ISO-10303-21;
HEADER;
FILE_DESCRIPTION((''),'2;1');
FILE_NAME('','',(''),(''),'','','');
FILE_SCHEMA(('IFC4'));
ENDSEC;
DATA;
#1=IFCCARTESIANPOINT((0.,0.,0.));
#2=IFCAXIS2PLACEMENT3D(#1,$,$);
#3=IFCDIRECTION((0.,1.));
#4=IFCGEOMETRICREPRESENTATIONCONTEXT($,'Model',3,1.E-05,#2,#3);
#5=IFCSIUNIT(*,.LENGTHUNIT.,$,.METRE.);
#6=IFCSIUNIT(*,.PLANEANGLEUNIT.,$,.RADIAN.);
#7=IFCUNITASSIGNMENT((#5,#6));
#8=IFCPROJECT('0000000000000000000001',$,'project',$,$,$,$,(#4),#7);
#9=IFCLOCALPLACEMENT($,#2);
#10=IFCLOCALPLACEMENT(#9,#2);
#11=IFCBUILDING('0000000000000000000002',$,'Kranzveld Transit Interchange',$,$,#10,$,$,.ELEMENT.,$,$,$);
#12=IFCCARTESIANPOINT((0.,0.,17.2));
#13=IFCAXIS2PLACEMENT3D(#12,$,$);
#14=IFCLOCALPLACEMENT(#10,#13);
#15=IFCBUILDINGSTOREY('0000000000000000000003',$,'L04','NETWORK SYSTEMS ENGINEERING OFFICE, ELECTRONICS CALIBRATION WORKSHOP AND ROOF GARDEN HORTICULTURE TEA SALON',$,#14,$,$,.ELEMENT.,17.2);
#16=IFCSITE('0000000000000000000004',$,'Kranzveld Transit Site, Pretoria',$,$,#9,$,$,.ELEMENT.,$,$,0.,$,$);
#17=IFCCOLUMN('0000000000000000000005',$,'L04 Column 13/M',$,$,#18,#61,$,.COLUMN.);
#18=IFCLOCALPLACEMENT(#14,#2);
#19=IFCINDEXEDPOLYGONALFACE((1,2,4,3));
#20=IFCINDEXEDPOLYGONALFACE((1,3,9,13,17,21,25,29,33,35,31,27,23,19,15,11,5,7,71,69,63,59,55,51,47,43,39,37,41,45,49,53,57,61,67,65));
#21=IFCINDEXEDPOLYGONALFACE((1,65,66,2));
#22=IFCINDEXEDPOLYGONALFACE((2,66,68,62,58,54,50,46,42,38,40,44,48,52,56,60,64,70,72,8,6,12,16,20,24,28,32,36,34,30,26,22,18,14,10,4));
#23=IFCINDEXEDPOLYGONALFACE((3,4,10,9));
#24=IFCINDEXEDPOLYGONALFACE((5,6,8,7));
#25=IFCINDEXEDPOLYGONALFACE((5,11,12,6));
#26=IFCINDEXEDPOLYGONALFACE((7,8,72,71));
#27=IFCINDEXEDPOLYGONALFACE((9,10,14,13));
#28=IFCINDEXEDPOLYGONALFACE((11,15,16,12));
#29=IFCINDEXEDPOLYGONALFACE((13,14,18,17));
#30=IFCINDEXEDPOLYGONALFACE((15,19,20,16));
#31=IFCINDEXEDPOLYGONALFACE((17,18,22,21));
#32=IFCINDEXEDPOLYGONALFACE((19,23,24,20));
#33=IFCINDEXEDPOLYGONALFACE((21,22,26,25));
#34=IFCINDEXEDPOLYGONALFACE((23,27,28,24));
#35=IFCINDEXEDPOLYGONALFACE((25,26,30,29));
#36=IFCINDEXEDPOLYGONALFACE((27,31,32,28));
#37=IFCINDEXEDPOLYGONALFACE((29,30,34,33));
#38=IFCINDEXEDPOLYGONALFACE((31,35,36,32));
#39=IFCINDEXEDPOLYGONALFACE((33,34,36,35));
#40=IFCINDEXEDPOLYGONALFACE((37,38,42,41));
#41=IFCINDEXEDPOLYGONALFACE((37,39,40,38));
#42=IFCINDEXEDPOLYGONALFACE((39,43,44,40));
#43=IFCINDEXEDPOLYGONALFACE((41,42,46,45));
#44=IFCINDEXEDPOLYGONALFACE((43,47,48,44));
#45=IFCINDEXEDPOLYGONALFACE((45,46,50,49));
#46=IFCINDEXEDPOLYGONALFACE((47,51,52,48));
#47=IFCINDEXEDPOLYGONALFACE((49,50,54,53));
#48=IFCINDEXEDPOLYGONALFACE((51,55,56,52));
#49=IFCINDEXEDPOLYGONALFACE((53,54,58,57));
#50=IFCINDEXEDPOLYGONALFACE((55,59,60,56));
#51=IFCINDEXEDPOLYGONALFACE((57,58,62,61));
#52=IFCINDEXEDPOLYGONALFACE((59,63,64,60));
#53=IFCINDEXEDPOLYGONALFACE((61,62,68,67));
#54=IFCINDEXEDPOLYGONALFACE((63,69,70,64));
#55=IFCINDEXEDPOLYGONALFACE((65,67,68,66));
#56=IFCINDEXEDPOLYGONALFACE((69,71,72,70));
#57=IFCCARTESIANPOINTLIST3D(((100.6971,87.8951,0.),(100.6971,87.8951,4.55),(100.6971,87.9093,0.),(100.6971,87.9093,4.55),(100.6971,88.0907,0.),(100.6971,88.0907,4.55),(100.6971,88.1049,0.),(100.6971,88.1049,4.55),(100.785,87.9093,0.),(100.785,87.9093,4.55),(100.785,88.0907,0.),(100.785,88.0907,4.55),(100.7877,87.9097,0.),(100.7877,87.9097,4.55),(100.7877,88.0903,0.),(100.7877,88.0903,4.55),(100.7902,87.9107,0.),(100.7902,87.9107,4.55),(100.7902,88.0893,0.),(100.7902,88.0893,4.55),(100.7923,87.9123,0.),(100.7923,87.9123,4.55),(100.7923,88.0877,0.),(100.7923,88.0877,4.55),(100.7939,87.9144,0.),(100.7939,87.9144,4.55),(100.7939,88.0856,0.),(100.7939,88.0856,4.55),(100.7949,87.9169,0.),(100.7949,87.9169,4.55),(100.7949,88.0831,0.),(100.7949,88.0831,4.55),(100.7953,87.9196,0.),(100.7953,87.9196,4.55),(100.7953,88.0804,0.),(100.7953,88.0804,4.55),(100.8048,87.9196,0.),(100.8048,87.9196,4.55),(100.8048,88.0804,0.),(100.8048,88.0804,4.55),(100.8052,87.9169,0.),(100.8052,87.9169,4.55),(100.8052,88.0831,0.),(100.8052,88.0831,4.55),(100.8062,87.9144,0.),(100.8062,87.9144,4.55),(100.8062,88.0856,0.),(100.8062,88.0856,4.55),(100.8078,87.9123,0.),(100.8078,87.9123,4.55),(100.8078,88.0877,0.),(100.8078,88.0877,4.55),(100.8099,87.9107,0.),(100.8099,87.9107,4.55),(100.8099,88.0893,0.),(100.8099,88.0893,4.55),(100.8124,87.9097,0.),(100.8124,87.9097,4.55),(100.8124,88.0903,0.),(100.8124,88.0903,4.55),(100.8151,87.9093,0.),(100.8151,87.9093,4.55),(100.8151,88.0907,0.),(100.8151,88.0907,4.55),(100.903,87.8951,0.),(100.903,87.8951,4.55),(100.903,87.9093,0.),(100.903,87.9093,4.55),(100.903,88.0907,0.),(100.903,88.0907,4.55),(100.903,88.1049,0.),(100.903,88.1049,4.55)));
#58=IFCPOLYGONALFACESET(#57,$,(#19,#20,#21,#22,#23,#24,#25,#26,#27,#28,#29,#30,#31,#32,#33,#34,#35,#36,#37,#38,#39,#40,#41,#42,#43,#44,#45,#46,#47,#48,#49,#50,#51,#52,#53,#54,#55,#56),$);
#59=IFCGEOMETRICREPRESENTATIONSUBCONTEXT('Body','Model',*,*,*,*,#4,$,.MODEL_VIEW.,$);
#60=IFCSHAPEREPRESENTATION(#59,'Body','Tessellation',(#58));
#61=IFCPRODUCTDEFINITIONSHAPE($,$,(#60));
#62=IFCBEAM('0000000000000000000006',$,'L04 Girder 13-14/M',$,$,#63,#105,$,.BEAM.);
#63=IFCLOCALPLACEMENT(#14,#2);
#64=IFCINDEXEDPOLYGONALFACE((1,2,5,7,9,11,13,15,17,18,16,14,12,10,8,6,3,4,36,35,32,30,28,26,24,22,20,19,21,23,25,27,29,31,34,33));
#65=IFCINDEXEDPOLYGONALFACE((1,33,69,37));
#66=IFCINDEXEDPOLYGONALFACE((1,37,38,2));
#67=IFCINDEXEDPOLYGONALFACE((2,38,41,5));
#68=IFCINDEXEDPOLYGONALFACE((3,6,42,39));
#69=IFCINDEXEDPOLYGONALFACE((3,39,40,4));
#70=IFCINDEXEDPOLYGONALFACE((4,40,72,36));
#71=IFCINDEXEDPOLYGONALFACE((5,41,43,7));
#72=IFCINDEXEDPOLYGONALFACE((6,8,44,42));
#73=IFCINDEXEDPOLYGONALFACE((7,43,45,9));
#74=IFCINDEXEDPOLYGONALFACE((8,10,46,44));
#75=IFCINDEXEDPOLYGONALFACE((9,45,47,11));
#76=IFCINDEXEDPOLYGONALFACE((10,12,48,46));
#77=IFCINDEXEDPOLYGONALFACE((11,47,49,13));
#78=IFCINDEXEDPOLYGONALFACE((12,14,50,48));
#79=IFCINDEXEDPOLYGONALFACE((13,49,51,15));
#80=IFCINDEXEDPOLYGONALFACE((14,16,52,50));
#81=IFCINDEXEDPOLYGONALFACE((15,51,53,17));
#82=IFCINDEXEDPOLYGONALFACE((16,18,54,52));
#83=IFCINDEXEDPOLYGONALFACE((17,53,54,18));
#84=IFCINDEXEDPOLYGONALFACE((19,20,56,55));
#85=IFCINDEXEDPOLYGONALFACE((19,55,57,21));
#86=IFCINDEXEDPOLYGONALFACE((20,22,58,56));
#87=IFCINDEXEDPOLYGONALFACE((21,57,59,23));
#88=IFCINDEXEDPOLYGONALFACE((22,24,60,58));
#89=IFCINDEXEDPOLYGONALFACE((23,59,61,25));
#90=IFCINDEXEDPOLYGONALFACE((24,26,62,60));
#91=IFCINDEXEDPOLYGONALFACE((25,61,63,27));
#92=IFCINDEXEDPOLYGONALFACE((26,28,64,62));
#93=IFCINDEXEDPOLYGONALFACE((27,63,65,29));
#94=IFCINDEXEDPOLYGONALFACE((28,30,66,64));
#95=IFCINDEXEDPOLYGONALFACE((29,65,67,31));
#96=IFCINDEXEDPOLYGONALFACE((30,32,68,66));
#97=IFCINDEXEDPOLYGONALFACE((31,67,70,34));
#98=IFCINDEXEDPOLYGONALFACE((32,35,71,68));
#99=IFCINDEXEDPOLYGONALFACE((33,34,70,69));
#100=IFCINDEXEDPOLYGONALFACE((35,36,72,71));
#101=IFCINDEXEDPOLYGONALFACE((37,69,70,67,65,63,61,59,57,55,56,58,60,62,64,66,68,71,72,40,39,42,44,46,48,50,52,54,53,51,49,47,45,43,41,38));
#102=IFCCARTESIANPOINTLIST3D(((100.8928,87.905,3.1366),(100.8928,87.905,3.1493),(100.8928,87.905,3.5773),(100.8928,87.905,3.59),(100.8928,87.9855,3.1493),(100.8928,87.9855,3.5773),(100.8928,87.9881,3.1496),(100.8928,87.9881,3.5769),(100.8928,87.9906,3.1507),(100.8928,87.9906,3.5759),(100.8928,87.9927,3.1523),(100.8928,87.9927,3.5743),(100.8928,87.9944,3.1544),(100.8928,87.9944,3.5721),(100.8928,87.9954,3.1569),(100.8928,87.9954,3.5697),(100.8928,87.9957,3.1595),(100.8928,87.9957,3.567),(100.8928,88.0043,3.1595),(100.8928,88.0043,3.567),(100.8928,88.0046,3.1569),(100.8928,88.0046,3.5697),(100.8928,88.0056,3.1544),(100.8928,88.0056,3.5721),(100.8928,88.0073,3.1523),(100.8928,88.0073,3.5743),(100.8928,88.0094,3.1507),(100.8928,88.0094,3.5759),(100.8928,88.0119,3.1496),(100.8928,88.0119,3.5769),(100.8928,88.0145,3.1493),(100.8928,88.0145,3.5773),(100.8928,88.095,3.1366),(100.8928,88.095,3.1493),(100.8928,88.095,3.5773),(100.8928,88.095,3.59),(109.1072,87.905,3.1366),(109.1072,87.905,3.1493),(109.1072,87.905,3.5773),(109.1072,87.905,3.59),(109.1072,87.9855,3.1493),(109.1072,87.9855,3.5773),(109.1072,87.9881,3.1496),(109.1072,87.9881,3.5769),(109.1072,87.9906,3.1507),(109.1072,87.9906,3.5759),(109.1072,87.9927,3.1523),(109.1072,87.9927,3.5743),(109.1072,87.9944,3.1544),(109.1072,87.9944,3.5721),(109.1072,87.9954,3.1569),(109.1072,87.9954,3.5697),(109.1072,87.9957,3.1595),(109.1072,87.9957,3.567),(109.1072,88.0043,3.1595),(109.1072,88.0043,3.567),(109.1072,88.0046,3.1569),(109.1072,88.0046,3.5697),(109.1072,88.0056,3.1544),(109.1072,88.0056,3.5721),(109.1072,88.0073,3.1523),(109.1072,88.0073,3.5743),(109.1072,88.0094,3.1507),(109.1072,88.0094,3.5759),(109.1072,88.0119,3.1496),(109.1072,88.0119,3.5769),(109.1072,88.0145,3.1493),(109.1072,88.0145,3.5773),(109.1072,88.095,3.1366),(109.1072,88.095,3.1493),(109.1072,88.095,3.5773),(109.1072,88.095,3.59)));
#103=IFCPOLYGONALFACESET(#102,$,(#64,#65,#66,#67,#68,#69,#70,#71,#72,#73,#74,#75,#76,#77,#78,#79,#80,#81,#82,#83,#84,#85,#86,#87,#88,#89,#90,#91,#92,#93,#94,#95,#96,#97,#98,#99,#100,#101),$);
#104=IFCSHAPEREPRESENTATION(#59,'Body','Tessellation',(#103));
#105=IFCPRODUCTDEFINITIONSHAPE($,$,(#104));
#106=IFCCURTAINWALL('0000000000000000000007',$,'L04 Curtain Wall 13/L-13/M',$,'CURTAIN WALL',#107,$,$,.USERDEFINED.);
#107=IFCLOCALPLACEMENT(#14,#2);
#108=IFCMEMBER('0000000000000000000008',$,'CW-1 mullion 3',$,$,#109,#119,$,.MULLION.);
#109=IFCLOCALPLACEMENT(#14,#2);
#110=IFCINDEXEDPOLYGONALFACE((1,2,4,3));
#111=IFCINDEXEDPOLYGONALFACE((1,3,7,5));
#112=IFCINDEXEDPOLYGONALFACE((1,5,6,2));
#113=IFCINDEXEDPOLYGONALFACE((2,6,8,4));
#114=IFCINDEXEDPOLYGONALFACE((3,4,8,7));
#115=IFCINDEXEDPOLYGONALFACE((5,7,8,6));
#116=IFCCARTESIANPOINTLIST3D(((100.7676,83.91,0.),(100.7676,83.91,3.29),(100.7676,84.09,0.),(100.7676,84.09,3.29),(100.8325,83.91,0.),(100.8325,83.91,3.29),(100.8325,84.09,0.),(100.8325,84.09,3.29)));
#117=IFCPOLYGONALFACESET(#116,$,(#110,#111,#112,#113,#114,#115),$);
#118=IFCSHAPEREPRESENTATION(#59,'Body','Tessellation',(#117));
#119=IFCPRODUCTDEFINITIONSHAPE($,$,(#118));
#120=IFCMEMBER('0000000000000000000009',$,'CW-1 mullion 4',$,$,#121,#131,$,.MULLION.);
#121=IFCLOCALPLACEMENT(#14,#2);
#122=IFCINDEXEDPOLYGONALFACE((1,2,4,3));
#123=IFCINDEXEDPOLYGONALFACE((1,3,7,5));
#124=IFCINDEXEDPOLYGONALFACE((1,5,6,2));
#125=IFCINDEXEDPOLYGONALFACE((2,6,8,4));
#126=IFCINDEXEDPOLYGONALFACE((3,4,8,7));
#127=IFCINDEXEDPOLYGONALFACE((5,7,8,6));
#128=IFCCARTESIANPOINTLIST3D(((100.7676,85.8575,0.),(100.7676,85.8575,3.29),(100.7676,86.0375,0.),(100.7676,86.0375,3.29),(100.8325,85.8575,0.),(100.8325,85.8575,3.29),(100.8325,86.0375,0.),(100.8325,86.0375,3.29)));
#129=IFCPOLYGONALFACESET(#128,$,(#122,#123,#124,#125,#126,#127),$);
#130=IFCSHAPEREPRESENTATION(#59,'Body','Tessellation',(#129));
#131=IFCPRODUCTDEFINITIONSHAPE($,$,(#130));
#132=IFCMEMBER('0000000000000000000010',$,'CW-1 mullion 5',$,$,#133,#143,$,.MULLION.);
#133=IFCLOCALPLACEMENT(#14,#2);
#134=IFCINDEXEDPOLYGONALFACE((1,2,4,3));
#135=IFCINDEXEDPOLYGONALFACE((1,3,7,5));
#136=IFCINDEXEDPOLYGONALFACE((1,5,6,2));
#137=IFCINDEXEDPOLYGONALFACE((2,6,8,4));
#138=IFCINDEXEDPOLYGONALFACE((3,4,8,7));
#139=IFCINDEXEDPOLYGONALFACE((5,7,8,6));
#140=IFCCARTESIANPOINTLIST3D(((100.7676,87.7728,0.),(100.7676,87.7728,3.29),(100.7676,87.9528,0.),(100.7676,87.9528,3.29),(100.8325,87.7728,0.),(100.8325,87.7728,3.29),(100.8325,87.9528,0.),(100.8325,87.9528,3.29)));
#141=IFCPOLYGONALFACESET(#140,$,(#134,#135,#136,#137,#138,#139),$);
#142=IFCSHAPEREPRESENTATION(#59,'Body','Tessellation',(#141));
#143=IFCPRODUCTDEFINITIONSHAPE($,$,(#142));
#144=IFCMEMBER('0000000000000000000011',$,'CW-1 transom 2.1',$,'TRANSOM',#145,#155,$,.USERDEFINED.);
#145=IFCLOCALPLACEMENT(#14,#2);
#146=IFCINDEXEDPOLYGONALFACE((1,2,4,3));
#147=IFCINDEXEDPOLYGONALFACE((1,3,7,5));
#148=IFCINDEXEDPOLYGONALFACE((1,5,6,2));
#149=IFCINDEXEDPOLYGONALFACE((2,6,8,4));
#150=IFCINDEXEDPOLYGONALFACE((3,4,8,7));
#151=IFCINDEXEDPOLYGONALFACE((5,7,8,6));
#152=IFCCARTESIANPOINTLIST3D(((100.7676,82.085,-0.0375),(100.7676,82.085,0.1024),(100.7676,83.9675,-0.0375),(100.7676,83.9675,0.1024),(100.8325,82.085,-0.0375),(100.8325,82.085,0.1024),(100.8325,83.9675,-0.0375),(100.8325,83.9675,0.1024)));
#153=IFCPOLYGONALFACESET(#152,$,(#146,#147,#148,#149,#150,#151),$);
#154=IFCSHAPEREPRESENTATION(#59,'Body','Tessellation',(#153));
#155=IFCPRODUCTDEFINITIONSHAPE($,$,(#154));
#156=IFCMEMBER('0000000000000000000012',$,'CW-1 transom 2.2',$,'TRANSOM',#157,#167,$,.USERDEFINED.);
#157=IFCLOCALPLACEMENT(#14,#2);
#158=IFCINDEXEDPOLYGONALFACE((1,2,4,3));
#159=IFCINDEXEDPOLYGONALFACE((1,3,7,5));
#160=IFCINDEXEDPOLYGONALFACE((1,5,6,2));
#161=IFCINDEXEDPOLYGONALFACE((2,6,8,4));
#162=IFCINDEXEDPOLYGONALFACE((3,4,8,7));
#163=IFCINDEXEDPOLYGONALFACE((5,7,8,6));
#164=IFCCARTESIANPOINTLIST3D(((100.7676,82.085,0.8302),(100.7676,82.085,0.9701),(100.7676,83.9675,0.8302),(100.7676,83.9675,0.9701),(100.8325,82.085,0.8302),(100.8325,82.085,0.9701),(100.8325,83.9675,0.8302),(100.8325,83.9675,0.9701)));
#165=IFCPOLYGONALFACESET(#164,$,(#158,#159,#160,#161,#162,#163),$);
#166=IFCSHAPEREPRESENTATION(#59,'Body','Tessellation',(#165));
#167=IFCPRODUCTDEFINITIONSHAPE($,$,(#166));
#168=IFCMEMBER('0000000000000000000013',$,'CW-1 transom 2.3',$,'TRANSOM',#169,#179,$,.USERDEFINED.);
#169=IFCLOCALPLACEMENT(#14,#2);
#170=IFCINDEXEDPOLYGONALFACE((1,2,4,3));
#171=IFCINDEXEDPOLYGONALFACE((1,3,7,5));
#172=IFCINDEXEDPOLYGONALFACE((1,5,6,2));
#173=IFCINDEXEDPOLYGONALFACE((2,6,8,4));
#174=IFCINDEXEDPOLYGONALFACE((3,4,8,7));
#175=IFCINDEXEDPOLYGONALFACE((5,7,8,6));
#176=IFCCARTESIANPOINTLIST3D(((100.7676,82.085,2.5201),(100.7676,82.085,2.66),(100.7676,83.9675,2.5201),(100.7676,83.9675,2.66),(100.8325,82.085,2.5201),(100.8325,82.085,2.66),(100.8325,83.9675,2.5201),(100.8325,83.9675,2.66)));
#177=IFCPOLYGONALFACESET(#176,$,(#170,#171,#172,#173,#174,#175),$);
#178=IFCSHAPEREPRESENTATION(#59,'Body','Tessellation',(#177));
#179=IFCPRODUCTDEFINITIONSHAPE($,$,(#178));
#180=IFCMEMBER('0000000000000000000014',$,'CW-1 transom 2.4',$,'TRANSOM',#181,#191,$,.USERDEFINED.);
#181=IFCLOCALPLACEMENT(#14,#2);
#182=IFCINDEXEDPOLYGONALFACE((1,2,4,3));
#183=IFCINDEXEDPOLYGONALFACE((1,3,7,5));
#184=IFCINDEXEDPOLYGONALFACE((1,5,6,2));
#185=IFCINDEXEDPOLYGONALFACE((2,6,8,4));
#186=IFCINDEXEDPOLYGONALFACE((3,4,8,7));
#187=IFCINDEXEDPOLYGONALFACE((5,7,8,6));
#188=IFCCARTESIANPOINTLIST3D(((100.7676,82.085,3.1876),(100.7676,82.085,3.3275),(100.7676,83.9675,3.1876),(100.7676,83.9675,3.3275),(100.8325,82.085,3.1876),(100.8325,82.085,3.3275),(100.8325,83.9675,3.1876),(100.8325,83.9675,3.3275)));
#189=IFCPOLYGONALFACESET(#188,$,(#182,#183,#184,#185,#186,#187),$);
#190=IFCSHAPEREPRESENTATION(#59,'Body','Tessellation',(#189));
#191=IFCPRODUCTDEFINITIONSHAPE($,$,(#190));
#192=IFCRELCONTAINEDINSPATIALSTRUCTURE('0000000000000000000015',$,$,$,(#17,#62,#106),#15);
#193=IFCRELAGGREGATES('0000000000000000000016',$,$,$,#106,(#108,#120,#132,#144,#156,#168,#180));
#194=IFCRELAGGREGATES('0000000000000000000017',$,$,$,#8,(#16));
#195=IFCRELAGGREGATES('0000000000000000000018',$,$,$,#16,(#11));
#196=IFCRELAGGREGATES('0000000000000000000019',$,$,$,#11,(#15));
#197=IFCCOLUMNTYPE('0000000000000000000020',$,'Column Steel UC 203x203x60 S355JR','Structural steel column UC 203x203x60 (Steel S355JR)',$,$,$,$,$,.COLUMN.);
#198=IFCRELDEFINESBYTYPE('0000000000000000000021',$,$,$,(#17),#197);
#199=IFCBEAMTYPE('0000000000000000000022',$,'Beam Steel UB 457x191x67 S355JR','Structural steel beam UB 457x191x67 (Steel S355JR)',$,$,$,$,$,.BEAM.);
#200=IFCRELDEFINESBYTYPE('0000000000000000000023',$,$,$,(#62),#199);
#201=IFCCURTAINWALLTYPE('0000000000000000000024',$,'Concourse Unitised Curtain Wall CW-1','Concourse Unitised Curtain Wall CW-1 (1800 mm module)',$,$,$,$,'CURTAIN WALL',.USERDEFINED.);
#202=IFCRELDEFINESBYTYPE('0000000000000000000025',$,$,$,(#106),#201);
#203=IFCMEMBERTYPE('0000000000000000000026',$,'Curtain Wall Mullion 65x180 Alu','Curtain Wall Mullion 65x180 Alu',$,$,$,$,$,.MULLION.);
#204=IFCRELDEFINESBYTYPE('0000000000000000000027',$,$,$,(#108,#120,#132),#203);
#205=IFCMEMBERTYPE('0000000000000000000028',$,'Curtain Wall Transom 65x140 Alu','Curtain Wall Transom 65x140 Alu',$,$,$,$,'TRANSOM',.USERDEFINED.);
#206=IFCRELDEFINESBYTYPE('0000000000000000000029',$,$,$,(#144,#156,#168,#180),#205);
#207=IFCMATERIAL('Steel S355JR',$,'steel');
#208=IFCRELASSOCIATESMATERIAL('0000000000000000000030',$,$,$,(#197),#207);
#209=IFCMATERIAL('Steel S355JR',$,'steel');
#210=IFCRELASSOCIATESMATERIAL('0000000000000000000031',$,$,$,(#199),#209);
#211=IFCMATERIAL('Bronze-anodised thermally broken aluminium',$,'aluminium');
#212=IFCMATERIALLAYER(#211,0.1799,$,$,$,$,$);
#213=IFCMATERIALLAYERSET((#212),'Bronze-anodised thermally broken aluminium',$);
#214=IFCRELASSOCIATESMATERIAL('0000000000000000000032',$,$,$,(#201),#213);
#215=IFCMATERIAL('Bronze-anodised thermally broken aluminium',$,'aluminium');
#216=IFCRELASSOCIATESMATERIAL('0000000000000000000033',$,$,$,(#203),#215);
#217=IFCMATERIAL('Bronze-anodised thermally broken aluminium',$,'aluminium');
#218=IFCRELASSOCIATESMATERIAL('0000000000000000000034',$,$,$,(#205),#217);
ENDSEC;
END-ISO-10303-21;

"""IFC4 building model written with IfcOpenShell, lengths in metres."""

from ifc_helpers import new_model, si_unit, direction, frame, origin, origin_2d, place, context, subcontext, project, spatial, rectangle, i_section, extrude, material, layer, layer_set, material_profile, profile_set, type_object, element, aggregate, save


model = new_model("IFC4")

# Units and contexts
model_context = context("Model", 3, precision=1e-05, world=origin(), true_north=direction((0.0, 1.0)))
body_context = subcontext(model_context, "Body", "Model", "MODEL_VIEW")
ifc_project = project(units=[si_unit("LENGTHUNIT", "METRE"), si_unit("PLANEANGLEUNIT", "RADIAN")], contexts=[model_context])

# Site, building, storey
site_placement = place(None, origin())
site = spatial("IfcSite", under=ifc_project, at=site_placement, Name="Kranzveld Transit Site, Pretoria", CompositionType="ELEMENT", RefElevation=0.0)
building_placement = place(site_placement, origin())
building = spatial("IfcBuilding", under=site, at=building_placement, Name="Kranzveld Transit Interchange", CompositionType="ELEMENT")
storey_placement = place(building_placement, frame((0.0, 0.0, 17.2)))
storey = spatial("IfcBuildingStorey", under=building, at=storey_placement, Name="L04", Description="NETWORK SYSTEMS ENGINEERING OFFICE, ELECTRONICS CALIBRATION WORKSHOP AND ROOF GARDEN HORTICULTURE TEA SALON", CompositionType="ELEMENT", Elevation=17.2)

# Column
ifc_material_1 = material(Name="Steel S355JR", Category="steel")
ifc_material_profile_1 = material_profile(ifc_material_1, i_section(OverallWidth=0.2058, OverallDepth=0.2097, WebThickness=0.0095, FlangeThickness=0.0142, FilletRadius=0.0103, at=origin_2d()), Name="UC 203x203x60")
ifc_profile_set_1 = profile_set([ifc_material_profile_1], Name="Steel S355JR")
column_type = type_object("IfcColumnType", Name="Column Steel UC 203x203x60 S355JR", Description="Structural steel column UC 203x203x60 (Steel S355JR)", PredefinedType="COLUMN", material=ifc_profile_set_1)
column_placement = place(storey_placement, frame((100.8, 88.0, 0.0), z_axis=(0.0, 0.0, 1.0), x_axis=(1.0, 0.0, 0.0)))
element("IfcColumn", 1, at=column_placement, inside=storey, type_object=column_type, Name="L04 Column 13/M", PredefinedType="COLUMN", context=body_context, shape_type="SweptSolid", body=[
    extrude(i_section(OverallWidth=0.2058, OverallDepth=0.2097, WebThickness=0.0095, FlangeThickness=0.0142, FilletRadius=0.0103, at=origin_2d()), origin(), (0.0, 0.0, 1.0), 4.55),
])

# Beam
ifc_material_2 = material(Name="Steel S355JR", Category="steel")
ifc_material_profile_2 = material_profile(ifc_material_2, i_section(OverallWidth=0.1899, OverallDepth=0.4534, WebThickness=0.0085, FlangeThickness=0.0127, FilletRadius=0.0103, at=origin_2d()), Name="UB 457x191x67")
ifc_profile_set_2 = profile_set([ifc_material_profile_2], Name="Steel S355JR")
beam_type_1 = type_object("IfcBeamType", Name="Beam Steel UB 457x191x67 S355JR", Description="Structural steel beam UB 457x191x67 (Steel S355JR)", PredefinedType="BEAM", material=ifc_profile_set_2)
beam_placement = place(storey_placement, frame((100.8928, 88.0, 3.3633), z_axis=(1.0, 0.0, 0.0), x_axis=(0.0, 1.0, 0.0)))
element("IfcBeam", 2, at=beam_placement, inside=storey, type_object=beam_type_1, Name="L04 Girder 13-14/M", PredefinedType="BEAM", context=body_context, shape_type="SweptSolid", body=[
    extrude(i_section(OverallWidth=0.1899, OverallDepth=0.4534, WebThickness=0.0085, FlangeThickness=0.0127, FilletRadius=0.0103, at=origin_2d()), origin(), (0.0, 0.0, 1.0), 8.2144),
])

# Curtain wall, members
ifc_material_3 = material(Name="Bronze-anodised thermally broken aluminium", Category="aluminium")
ifc_layer_1 = layer(ifc_material_3, 0.1799)
ifc_layer_set_1 = layer_set([ifc_layer_1], Name="Bronze-anodised thermally broken aluminium")
curtain_wall_type = type_object("IfcCurtainWallType", Name="Concourse Unitised Curtain Wall CW-1", Description="Concourse Unitised Curtain Wall CW-1 (1800 mm module)", ElementType="CURTAIN WALL", PredefinedType="USERDEFINED", material=ifc_layer_set_1)
curtain_wall_placement = place(storey_placement, origin())
curtain_wall = element("IfcCurtainWall", 3, at=curtain_wall_placement, inside=storey, type_object=curtain_wall_type, Name="L04 Curtain Wall 13/L-13/M", ObjectType="CURTAIN WALL", PredefinedType="USERDEFINED")
ifc_material_4 = material(Name="Bronze-anodised thermally broken aluminium", Category="aluminium")
ifc_material_profile_3 = material_profile(ifc_material_4, rectangle(XDim=0.0649, YDim=0.1799, at=origin_2d()), Name="ALU MULLION 65x180")
ifc_profile_set_3 = profile_set([ifc_material_profile_3], Name="Bronze-anodised thermally broken aluminium")
member_type_1 = type_object("IfcMemberType", Name="Curtain Wall Mullion 65x180 Alu", Description="Curtain Wall Mullion 65x180 Alu", PredefinedType="MULLION", material=ifc_profile_set_3)
member_1_placement = place(storey_placement, frame((100.8, 84.0, 0.0), z_axis=(0.0, 0.0, 1.0), x_axis=(-1.0, 0.0, 0.0)))
member_1 = element("IfcMember", 4, at=member_1_placement, type_object=member_type_1, Name="CW-1 mullion 3", PredefinedType="MULLION", context=body_context, shape_type="SweptSolid", body=[
    extrude(rectangle(XDim=0.0649, YDim=0.1799, at=origin_2d()), origin(), (0.0, 0.0, 1.0), 3.29),
])
member_2_placement = place(storey_placement, frame((100.8, 85.9475, 0.0), z_axis=(0.0, 0.0, 1.0), x_axis=(-1.0, 0.0, 0.0)))
member_2 = element("IfcMember", 5, at=member_2_placement, type_object=member_type_1, Name="CW-1 mullion 4", PredefinedType="MULLION", context=body_context, shape_type="SweptSolid", body=[
    extrude(rectangle(XDim=0.0649, YDim=0.1799, at=origin_2d()), origin(), (0.0, 0.0, 1.0), 3.29),
])
member_3_placement = place(storey_placement, frame((100.8, 87.8628, 0.0), z_axis=(0.0, 0.0, 1.0), x_axis=(-1.0, 0.0, 0.0)))
member_3 = element("IfcMember", 6, at=member_3_placement, type_object=member_type_1, Name="CW-1 mullion 5", PredefinedType="MULLION", context=body_context, shape_type="SweptSolid", body=[
    extrude(rectangle(XDim=0.0649, YDim=0.1799, at=origin_2d()), origin(), (0.0, 0.0, 1.0), 3.29),
])
ifc_material_5 = material(Name="Bronze-anodised thermally broken aluminium", Category="aluminium")
ifc_material_profile_4 = material_profile(ifc_material_5, rectangle(XDim=0.0649, YDim=0.1399, at=origin_2d()), Name="ALU TRANSOM 65x140")
ifc_profile_set_4 = profile_set([ifc_material_profile_4], Name="Bronze-anodised thermally broken aluminium")
member_type_2 = type_object("IfcMemberType", Name="Curtain Wall Transom 65x140 Alu", Description="Curtain Wall Transom 65x140 Alu", ElementType="TRANSOM", PredefinedType="USERDEFINED", material=ifc_profile_set_4)
member_4_placement = place(storey_placement, frame((100.8, 82.085, 0.0325), z_axis=(0.0, 1.0, 0.0), x_axis=(-1.0, 0.0, 0.0)))
member_4 = element("IfcMember", 7, at=member_4_placement, type_object=member_type_2, Name="CW-1 transom 2.1", ObjectType="TRANSOM", PredefinedType="USERDEFINED", context=body_context, shape_type="SweptSolid", body=[
    extrude(rectangle(XDim=0.0649, YDim=0.1399, at=origin_2d()), origin(), (0.0, 0.0, 1.0), 1.8826),
])
member_5_placement = place(storey_placement, frame((100.8, 82.085, 0.9001), z_axis=(0.0, 1.0, 0.0), x_axis=(-1.0, 0.0, 0.0)))
member_5 = element("IfcMember", 8, at=member_5_placement, type_object=member_type_2, Name="CW-1 transom 2.2", ObjectType="TRANSOM", PredefinedType="USERDEFINED", context=body_context, shape_type="SweptSolid", body=[
    extrude(rectangle(XDim=0.0649, YDim=0.1399, at=origin_2d()), origin(), (0.0, 0.0, 1.0), 1.8826),
])
member_6_placement = place(storey_placement, frame((100.8, 82.085, 2.5901), z_axis=(0.0, 1.0, 0.0), x_axis=(-1.0, 0.0, 0.0)))
member_6 = element("IfcMember", 9, at=member_6_placement, type_object=member_type_2, Name="CW-1 transom 2.3", ObjectType="TRANSOM", PredefinedType="USERDEFINED", context=body_context, shape_type="SweptSolid", body=[
    extrude(rectangle(XDim=0.0649, YDim=0.1399, at=origin_2d()), origin(), (0.0, 0.0, 1.0), 1.8826),
])
member_7_placement = place(storey_placement, frame((100.8, 82.085, 3.2576), z_axis=(0.0, 1.0, 0.0), x_axis=(-1.0, 0.0, 0.0)))
member_7 = element("IfcMember", 10, at=member_7_placement, type_object=member_type_2, Name="CW-1 transom 2.4", ObjectType="TRANSOM", PredefinedType="USERDEFINED", context=body_context, shape_type="SweptSolid", body=[
    extrude(rectangle(XDim=0.0649, YDim=0.1399, at=origin_2d()), origin(), (0.0, 0.0, 1.0), 1.8826),
])

aggregate(curtain_wall, [member_1, member_2, member_3, member_4, member_5, member_6, member_7])

save(model, "model.ifc")
